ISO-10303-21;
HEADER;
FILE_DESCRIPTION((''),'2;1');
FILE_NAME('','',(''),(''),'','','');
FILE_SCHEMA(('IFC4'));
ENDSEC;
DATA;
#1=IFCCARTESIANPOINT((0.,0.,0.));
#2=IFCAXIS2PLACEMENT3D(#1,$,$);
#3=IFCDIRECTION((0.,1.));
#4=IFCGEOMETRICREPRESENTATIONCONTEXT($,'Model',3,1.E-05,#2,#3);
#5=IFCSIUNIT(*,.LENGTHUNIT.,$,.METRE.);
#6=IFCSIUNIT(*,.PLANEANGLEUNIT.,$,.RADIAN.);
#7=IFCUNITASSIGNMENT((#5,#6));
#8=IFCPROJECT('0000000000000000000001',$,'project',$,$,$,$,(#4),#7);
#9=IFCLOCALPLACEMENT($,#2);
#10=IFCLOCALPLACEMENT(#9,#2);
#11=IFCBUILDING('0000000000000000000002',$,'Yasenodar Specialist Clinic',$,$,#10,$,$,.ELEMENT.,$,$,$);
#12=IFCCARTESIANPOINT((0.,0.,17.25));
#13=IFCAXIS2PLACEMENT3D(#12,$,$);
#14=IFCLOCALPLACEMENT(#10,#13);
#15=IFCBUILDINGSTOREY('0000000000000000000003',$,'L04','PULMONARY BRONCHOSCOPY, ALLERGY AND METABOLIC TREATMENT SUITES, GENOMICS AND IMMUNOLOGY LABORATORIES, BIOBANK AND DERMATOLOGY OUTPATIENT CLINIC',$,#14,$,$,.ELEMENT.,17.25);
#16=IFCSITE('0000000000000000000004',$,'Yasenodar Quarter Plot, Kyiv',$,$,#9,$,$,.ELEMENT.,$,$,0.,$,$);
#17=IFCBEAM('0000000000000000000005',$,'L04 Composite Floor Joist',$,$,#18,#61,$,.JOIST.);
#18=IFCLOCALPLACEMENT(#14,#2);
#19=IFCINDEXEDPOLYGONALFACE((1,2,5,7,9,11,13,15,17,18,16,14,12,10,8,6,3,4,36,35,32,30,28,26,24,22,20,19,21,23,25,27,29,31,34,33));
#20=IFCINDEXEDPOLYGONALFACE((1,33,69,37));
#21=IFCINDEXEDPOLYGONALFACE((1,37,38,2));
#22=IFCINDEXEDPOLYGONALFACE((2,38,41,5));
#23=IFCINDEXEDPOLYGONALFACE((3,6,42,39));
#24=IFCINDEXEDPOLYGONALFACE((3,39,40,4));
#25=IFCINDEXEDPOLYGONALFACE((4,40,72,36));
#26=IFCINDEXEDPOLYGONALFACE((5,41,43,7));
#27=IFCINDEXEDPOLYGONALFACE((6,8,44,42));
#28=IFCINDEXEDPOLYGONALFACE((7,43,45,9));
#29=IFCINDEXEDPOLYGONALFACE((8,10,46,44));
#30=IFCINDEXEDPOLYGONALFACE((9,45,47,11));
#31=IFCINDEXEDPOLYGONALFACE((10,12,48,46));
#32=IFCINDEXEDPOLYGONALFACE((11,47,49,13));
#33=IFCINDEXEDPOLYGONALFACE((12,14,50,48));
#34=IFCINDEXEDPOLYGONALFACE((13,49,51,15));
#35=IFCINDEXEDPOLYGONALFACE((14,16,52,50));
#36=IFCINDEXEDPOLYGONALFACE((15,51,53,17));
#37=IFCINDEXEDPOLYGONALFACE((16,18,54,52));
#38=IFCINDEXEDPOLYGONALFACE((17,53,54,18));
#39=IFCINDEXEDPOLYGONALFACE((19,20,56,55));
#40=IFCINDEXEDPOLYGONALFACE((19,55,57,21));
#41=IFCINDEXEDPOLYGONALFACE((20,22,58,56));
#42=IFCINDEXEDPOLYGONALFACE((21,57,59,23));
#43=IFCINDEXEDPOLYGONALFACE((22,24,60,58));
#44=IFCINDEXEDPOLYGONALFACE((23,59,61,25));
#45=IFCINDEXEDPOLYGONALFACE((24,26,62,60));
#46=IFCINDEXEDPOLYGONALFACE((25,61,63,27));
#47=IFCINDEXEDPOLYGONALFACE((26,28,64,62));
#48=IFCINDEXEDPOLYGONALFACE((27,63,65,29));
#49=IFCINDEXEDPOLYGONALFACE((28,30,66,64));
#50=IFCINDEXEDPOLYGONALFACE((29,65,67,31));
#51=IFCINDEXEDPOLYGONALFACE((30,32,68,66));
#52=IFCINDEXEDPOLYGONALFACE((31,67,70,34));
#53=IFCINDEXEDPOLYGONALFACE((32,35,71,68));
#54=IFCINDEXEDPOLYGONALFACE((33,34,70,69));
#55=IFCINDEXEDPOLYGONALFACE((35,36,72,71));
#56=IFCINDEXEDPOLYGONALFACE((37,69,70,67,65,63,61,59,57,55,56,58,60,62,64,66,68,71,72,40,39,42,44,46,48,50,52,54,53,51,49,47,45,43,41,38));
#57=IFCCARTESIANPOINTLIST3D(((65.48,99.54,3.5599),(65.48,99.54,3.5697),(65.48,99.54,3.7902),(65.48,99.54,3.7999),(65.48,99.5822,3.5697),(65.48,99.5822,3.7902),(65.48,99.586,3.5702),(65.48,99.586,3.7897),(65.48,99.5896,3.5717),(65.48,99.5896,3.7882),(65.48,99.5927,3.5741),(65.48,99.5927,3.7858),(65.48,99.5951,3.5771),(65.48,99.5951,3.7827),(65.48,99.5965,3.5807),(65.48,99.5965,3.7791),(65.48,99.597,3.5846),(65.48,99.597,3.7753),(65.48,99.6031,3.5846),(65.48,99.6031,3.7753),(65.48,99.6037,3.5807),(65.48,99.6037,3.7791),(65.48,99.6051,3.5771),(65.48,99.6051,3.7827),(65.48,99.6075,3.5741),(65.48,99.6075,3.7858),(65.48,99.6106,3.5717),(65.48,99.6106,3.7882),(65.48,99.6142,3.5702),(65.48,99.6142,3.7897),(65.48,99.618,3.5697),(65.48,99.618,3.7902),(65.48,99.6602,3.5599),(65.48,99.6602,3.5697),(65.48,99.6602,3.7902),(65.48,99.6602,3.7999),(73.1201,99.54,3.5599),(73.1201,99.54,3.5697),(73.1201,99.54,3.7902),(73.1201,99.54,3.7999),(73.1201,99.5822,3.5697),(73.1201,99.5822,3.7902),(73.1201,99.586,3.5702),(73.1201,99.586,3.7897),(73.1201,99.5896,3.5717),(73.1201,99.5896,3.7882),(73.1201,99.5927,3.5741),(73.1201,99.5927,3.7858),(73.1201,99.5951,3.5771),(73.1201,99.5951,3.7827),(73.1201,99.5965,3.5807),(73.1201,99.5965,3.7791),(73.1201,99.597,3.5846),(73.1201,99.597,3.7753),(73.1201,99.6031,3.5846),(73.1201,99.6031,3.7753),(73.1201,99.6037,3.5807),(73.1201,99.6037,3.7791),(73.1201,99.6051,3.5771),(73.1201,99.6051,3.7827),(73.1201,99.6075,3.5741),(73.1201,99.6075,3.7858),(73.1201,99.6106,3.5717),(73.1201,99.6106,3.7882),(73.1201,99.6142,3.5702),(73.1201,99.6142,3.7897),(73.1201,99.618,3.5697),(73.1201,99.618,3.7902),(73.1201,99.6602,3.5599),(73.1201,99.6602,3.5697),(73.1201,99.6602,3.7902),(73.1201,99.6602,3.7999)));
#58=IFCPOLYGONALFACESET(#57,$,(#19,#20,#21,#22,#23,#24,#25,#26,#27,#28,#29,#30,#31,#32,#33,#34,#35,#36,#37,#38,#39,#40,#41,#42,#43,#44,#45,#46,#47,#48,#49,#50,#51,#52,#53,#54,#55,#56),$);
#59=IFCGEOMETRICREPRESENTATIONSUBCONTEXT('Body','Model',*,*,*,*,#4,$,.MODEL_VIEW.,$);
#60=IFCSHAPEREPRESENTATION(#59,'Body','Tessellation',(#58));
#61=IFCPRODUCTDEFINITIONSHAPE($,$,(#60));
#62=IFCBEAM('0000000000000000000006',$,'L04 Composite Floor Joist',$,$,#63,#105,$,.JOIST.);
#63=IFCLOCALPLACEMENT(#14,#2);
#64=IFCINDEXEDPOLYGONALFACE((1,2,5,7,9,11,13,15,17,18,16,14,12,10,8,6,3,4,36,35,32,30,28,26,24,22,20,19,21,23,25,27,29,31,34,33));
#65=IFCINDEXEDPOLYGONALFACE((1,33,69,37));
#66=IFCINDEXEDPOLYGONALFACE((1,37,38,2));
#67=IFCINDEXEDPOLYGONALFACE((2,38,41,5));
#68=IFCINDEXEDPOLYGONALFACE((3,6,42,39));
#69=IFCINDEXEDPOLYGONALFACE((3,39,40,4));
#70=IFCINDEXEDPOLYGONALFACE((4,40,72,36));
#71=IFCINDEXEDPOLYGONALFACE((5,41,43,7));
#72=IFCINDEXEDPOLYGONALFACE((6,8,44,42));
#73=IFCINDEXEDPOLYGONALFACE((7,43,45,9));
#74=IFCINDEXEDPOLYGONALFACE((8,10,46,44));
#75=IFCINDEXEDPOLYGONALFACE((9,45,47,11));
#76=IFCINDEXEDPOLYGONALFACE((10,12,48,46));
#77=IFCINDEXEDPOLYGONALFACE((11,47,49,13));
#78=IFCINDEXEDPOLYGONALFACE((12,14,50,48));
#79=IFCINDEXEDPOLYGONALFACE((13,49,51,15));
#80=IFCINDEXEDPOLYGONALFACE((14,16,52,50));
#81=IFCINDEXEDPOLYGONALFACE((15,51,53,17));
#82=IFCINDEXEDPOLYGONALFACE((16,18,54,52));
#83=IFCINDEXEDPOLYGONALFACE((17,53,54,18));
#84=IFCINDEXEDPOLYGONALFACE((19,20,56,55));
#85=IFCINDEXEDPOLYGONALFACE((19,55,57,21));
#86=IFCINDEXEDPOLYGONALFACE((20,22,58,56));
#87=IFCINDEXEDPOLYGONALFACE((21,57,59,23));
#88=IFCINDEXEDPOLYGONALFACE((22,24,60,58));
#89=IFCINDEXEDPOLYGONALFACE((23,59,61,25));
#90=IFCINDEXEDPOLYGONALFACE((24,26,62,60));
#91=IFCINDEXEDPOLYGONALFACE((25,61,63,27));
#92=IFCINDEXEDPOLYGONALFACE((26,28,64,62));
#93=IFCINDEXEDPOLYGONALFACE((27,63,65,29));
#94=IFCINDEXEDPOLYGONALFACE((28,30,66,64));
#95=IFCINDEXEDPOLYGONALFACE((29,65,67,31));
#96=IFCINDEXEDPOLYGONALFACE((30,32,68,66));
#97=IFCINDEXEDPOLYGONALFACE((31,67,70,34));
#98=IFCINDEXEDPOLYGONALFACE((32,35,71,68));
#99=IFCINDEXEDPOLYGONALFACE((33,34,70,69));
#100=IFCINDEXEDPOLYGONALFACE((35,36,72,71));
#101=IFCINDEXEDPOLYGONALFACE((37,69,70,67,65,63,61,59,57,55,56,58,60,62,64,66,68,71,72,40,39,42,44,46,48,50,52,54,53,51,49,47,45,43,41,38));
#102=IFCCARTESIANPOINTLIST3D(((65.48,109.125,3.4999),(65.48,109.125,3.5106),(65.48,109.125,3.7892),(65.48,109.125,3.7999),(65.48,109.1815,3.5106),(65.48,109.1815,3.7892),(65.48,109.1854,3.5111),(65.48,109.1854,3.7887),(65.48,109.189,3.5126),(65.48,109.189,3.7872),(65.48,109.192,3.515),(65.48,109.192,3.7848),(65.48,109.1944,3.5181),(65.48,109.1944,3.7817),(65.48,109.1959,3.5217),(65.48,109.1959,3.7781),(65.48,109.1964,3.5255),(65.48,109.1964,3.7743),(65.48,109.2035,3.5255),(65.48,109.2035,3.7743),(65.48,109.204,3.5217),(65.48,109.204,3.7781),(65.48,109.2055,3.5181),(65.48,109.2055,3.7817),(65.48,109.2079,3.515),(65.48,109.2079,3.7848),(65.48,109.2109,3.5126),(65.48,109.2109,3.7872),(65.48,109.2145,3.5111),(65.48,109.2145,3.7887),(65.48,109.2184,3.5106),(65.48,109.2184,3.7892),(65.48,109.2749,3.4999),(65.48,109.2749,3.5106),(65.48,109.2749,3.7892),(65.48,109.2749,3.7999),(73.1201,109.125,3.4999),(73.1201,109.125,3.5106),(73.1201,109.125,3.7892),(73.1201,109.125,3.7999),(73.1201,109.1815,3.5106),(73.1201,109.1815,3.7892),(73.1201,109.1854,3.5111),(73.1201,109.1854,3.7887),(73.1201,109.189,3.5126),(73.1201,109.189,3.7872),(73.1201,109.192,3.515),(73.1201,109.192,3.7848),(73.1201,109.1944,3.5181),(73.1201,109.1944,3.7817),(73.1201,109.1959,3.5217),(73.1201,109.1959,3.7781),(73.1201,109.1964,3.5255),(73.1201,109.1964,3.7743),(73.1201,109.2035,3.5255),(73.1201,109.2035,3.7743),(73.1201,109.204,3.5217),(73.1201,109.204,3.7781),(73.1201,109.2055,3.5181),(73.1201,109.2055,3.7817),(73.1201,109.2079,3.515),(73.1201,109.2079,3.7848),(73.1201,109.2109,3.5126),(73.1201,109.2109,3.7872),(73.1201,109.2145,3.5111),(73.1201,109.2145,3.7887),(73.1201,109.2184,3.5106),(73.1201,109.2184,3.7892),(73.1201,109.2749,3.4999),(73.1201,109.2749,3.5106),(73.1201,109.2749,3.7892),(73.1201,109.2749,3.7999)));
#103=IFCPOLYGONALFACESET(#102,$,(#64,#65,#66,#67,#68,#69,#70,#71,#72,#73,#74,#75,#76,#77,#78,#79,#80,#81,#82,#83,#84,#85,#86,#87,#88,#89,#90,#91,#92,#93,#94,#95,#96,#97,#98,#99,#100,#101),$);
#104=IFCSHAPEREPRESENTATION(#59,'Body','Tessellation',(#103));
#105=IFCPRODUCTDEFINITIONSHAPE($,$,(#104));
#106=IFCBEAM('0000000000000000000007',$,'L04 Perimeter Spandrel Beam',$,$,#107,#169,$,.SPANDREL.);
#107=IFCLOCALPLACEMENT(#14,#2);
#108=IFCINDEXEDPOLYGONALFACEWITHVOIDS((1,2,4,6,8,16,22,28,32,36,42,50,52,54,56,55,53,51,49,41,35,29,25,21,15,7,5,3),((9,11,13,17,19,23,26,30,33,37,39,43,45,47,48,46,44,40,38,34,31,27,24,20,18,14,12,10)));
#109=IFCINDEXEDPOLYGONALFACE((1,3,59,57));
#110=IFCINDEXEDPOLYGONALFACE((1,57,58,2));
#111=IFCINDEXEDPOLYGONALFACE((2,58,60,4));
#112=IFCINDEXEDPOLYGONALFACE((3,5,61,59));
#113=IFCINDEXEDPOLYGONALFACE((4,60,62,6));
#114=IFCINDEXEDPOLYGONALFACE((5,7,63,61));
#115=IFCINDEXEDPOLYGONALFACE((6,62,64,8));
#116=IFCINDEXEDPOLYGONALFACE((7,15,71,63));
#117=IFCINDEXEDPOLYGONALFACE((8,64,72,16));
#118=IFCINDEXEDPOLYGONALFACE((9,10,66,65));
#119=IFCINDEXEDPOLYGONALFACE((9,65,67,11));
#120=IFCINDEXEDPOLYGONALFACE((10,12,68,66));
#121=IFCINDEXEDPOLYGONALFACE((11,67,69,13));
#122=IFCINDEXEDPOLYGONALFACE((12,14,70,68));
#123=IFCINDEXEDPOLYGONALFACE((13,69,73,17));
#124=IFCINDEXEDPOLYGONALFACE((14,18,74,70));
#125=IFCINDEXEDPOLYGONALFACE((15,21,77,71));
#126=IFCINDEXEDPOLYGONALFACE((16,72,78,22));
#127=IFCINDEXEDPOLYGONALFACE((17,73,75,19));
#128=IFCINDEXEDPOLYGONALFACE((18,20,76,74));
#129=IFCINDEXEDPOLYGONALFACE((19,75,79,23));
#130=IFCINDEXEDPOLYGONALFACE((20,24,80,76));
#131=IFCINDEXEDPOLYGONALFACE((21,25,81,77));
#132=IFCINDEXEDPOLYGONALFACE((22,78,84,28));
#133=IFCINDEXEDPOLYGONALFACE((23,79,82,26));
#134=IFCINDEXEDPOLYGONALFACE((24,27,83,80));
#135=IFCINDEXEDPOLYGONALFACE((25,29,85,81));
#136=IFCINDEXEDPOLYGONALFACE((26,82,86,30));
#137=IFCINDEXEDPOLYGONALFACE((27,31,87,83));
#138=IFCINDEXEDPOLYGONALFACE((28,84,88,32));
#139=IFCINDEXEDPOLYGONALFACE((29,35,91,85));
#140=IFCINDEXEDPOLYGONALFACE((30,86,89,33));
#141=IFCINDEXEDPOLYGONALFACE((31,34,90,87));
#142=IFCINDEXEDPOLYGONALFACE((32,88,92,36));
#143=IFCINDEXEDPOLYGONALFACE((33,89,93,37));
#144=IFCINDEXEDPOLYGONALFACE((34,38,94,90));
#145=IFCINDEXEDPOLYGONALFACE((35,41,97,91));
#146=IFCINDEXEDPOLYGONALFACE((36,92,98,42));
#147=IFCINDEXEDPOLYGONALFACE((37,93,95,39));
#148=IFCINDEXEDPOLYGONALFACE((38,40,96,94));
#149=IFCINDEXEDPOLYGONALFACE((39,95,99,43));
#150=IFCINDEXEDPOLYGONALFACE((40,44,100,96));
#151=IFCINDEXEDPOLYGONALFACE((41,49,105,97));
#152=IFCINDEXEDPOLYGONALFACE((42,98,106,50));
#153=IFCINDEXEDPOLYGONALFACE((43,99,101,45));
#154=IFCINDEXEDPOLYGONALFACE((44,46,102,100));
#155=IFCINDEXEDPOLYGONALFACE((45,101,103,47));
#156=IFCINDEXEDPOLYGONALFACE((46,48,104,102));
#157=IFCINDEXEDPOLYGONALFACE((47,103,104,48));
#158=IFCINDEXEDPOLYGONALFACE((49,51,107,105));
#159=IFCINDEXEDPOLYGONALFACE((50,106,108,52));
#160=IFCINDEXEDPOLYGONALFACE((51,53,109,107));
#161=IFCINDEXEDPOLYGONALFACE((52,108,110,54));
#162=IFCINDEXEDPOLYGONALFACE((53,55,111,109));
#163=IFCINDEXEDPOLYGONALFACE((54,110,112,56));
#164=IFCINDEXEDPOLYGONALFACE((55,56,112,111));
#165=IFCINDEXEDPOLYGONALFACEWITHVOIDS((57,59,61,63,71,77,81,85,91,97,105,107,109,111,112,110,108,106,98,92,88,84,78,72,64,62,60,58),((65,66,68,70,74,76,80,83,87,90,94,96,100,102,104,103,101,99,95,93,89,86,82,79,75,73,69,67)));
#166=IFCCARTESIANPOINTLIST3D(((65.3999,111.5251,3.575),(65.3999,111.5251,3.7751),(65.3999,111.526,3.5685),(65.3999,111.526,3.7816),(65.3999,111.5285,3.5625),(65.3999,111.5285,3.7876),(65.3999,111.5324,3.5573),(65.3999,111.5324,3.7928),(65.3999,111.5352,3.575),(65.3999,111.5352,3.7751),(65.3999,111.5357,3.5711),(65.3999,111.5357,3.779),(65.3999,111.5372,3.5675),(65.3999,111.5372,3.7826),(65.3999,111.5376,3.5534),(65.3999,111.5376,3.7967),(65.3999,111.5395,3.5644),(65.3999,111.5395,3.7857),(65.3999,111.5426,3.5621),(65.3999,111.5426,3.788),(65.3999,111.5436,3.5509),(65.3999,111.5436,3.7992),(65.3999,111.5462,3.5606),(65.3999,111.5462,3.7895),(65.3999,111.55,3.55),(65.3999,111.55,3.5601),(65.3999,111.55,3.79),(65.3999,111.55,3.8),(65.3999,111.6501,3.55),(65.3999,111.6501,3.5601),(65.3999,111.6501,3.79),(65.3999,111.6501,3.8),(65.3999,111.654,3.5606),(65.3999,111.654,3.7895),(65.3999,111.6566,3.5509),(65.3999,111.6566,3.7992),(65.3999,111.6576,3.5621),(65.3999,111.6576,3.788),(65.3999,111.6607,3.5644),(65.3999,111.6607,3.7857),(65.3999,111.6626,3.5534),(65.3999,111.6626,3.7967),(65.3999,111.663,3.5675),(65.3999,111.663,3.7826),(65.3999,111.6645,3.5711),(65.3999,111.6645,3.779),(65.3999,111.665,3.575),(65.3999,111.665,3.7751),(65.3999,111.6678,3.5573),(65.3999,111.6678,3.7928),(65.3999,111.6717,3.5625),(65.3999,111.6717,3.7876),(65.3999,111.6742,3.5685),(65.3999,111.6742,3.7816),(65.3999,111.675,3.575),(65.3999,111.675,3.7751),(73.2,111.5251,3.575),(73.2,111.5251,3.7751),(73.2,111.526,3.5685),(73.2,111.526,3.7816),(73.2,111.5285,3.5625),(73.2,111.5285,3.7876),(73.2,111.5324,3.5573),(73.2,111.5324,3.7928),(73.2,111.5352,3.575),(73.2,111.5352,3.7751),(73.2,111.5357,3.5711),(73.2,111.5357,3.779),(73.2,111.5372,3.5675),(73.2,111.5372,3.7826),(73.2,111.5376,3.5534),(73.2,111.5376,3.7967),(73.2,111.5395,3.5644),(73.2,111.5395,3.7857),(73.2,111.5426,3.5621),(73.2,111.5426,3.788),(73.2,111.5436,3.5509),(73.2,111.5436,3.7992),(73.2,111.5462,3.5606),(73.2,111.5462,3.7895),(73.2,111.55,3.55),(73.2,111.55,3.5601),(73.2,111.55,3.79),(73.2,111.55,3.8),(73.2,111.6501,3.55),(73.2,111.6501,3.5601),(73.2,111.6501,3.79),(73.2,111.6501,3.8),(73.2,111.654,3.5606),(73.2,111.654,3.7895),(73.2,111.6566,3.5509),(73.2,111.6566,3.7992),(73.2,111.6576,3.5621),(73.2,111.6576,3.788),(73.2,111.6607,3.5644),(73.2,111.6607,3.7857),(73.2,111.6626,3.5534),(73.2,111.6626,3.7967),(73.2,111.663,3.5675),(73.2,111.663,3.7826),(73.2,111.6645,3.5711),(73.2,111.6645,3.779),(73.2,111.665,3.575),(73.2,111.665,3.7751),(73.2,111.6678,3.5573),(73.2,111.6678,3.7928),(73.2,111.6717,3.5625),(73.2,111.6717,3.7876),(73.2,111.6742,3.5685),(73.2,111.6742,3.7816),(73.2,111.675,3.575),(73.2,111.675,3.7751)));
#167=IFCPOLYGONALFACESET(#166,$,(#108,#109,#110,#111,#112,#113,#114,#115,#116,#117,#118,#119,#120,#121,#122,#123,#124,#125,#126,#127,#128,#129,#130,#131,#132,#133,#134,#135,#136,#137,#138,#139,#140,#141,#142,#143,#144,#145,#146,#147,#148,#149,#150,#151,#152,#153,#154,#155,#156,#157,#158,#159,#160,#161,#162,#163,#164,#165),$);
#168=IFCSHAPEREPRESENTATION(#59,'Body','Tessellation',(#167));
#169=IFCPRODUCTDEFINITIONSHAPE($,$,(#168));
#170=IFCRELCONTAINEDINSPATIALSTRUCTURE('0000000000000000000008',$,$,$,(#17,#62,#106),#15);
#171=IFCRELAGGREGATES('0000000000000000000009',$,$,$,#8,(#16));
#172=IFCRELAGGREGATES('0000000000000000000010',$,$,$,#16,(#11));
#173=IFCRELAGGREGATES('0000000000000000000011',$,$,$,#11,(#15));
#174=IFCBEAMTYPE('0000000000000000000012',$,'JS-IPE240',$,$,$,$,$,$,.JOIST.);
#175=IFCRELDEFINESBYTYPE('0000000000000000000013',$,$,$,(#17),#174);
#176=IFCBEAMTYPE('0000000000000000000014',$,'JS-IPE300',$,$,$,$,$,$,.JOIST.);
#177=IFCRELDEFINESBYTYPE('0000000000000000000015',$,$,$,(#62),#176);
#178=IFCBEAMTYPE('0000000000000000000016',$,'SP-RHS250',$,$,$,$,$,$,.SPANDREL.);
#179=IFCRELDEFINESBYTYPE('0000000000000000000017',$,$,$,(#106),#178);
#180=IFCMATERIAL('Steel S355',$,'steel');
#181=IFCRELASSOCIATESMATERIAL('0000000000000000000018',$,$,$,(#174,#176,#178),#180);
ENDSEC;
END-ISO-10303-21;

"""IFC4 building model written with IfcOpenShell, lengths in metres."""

from ifc_helpers import new_model, si_unit, direction, frame, origin, origin_2d, place, context, subcontext, project, spatial, hollow_rectangle, i_section, extrude, material, material_profile, profile_set, type_object, element, save


model = new_model("IFC4")

# Units and contexts
model_context = context("Model", 3, precision=1e-05, world=origin(), true_north=direction((0.0, 1.0)))
body_context = subcontext(model_context, "Body", "Model", "MODEL_VIEW")
ifc_project = project(units=[si_unit("LENGTHUNIT", "METRE"), si_unit("PLANEANGLEUNIT", "RADIAN")], contexts=[model_context])

# Site, building, storey
site_placement = place(None, origin())
site = spatial("IfcSite", under=ifc_project, at=site_placement, Name="Yasenodar Quarter Plot, Kyiv", CompositionType="ELEMENT", RefElevation=0.0)
building_placement = place(site_placement, origin())
building = spatial("IfcBuilding", under=site, at=building_placement, Name="Yasenodar Specialist Clinic", CompositionType="ELEMENT")
storey_placement = place(building_placement, frame((0.0, 0.0, 17.25)))
storey = spatial("IfcBuildingStorey", under=building, at=storey_placement, Name="L04", Description="PULMONARY BRONCHOSCOPY, ALLERGY AND METABOLIC TREATMENT SUITES, GENOMICS AND IMMUNOLOGY LABORATORIES, BIOBANK AND DERMATOLOGY OUTPATIENT CLINIC", CompositionType="ELEMENT", Elevation=17.25)

# Shared definitions
ifc_material_1 = material(Name="Steel S355", Category="steel")

# Beams
ifc_material_profile_1 = material_profile(ifc_material_1, i_section(OverallWidth=0.1201, OverallDepth=0.24, WebThickness=0.0061, FlangeThickness=0.0098, FilletRadius=0.0149, at=origin_2d()), Name="IPE 240")
ifc_profile_set_1 = profile_set([ifc_material_profile_1], Name="Steel S355")
beam_type_1 = type_object("IfcBeamType", Name="JS-IPE240", PredefinedType="JOIST", material=ifc_profile_set_1)
beam_1_placement = place(storey_placement, frame((65.48, 99.6001, 3.6799), z_axis=(1.0, 0.0, 0.0), x_axis=(0.0, 1.0, 0.0)))
element("IfcBeam", 1, at=beam_1_placement, inside=storey, type_object=beam_type_1, Name="L04 Composite Floor Joist", PredefinedType="JOIST", context=body_context, shape_type="SweptSolid", body=[
    extrude(i_section(OverallWidth=0.1201, OverallDepth=0.24, WebThickness=0.0061, FlangeThickness=0.0098, FilletRadius=0.0149, at=origin_2d()), origin(), (0.0, 0.0, 1.0), 7.6401),
])
ifc_material_profile_2 = material_profile(ifc_material_1, i_section(OverallWidth=0.1499, OverallDepth=0.3, WebThickness=0.0071, FlangeThickness=0.0107, FilletRadius=0.0149, at=origin_2d()), Name="IPE 300")
ifc_profile_set_2 = profile_set([ifc_material_profile_2], Name="Steel S355")
beam_type_2 = type_object("IfcBeamType", Name="JS-IPE300", PredefinedType="JOIST", material=ifc_profile_set_2)
beam_2_placement = place(storey_placement, frame((65.48, 109.2, 3.6499), z_axis=(1.0, 0.0, 0.0), x_axis=(0.0, 1.0, 0.0)))
element("IfcBeam", 2, at=beam_2_placement, inside=storey, type_object=beam_type_2, Name="L04 Composite Floor Joist", PredefinedType="JOIST", context=body_context, shape_type="SweptSolid", body=[
    extrude(i_section(OverallWidth=0.1499, OverallDepth=0.3, WebThickness=0.0071, FlangeThickness=0.0107, FilletRadius=0.0149, at=origin_2d()), origin(), (0.0, 0.0, 1.0), 7.6401),
])
ifc_material_profile_3 = material_profile(ifc_material_1, hollow_rectangle(XDim=0.1499, YDim=0.25, WallThickness=0.01, InnerFilletRadius=0.0149, OuterFilletRadius=0.0249, at=origin_2d()), Name="RHS 250x150x10")
ifc_profile_set_3 = profile_set([ifc_material_profile_3], Name="Steel S355")
beam_type_3 = type_object("IfcBeamType", Name="SP-RHS250", PredefinedType="SPANDREL", material=ifc_profile_set_3)
beam_3_placement = place(storey_placement, frame((65.3999, 111.6001, 3.675), z_axis=(1.0, 0.0, 0.0), x_axis=(0.0, 1.0, 0.0)))
element("IfcBeam", 3, at=beam_3_placement, inside=storey, type_object=beam_type_3, Name="L04 Perimeter Spandrel Beam", PredefinedType="SPANDREL", context=body_context, shape_type="SweptSolid", body=[
    extrude(hollow_rectangle(XDim=0.1499, YDim=0.25, WallThickness=0.01, InnerFilletRadius=0.0149, OuterFilletRadius=0.0249, at=origin_2d()), origin(), (0.0, 0.0, 1.0), 7.8),
])

save(model, "model.ifc")
